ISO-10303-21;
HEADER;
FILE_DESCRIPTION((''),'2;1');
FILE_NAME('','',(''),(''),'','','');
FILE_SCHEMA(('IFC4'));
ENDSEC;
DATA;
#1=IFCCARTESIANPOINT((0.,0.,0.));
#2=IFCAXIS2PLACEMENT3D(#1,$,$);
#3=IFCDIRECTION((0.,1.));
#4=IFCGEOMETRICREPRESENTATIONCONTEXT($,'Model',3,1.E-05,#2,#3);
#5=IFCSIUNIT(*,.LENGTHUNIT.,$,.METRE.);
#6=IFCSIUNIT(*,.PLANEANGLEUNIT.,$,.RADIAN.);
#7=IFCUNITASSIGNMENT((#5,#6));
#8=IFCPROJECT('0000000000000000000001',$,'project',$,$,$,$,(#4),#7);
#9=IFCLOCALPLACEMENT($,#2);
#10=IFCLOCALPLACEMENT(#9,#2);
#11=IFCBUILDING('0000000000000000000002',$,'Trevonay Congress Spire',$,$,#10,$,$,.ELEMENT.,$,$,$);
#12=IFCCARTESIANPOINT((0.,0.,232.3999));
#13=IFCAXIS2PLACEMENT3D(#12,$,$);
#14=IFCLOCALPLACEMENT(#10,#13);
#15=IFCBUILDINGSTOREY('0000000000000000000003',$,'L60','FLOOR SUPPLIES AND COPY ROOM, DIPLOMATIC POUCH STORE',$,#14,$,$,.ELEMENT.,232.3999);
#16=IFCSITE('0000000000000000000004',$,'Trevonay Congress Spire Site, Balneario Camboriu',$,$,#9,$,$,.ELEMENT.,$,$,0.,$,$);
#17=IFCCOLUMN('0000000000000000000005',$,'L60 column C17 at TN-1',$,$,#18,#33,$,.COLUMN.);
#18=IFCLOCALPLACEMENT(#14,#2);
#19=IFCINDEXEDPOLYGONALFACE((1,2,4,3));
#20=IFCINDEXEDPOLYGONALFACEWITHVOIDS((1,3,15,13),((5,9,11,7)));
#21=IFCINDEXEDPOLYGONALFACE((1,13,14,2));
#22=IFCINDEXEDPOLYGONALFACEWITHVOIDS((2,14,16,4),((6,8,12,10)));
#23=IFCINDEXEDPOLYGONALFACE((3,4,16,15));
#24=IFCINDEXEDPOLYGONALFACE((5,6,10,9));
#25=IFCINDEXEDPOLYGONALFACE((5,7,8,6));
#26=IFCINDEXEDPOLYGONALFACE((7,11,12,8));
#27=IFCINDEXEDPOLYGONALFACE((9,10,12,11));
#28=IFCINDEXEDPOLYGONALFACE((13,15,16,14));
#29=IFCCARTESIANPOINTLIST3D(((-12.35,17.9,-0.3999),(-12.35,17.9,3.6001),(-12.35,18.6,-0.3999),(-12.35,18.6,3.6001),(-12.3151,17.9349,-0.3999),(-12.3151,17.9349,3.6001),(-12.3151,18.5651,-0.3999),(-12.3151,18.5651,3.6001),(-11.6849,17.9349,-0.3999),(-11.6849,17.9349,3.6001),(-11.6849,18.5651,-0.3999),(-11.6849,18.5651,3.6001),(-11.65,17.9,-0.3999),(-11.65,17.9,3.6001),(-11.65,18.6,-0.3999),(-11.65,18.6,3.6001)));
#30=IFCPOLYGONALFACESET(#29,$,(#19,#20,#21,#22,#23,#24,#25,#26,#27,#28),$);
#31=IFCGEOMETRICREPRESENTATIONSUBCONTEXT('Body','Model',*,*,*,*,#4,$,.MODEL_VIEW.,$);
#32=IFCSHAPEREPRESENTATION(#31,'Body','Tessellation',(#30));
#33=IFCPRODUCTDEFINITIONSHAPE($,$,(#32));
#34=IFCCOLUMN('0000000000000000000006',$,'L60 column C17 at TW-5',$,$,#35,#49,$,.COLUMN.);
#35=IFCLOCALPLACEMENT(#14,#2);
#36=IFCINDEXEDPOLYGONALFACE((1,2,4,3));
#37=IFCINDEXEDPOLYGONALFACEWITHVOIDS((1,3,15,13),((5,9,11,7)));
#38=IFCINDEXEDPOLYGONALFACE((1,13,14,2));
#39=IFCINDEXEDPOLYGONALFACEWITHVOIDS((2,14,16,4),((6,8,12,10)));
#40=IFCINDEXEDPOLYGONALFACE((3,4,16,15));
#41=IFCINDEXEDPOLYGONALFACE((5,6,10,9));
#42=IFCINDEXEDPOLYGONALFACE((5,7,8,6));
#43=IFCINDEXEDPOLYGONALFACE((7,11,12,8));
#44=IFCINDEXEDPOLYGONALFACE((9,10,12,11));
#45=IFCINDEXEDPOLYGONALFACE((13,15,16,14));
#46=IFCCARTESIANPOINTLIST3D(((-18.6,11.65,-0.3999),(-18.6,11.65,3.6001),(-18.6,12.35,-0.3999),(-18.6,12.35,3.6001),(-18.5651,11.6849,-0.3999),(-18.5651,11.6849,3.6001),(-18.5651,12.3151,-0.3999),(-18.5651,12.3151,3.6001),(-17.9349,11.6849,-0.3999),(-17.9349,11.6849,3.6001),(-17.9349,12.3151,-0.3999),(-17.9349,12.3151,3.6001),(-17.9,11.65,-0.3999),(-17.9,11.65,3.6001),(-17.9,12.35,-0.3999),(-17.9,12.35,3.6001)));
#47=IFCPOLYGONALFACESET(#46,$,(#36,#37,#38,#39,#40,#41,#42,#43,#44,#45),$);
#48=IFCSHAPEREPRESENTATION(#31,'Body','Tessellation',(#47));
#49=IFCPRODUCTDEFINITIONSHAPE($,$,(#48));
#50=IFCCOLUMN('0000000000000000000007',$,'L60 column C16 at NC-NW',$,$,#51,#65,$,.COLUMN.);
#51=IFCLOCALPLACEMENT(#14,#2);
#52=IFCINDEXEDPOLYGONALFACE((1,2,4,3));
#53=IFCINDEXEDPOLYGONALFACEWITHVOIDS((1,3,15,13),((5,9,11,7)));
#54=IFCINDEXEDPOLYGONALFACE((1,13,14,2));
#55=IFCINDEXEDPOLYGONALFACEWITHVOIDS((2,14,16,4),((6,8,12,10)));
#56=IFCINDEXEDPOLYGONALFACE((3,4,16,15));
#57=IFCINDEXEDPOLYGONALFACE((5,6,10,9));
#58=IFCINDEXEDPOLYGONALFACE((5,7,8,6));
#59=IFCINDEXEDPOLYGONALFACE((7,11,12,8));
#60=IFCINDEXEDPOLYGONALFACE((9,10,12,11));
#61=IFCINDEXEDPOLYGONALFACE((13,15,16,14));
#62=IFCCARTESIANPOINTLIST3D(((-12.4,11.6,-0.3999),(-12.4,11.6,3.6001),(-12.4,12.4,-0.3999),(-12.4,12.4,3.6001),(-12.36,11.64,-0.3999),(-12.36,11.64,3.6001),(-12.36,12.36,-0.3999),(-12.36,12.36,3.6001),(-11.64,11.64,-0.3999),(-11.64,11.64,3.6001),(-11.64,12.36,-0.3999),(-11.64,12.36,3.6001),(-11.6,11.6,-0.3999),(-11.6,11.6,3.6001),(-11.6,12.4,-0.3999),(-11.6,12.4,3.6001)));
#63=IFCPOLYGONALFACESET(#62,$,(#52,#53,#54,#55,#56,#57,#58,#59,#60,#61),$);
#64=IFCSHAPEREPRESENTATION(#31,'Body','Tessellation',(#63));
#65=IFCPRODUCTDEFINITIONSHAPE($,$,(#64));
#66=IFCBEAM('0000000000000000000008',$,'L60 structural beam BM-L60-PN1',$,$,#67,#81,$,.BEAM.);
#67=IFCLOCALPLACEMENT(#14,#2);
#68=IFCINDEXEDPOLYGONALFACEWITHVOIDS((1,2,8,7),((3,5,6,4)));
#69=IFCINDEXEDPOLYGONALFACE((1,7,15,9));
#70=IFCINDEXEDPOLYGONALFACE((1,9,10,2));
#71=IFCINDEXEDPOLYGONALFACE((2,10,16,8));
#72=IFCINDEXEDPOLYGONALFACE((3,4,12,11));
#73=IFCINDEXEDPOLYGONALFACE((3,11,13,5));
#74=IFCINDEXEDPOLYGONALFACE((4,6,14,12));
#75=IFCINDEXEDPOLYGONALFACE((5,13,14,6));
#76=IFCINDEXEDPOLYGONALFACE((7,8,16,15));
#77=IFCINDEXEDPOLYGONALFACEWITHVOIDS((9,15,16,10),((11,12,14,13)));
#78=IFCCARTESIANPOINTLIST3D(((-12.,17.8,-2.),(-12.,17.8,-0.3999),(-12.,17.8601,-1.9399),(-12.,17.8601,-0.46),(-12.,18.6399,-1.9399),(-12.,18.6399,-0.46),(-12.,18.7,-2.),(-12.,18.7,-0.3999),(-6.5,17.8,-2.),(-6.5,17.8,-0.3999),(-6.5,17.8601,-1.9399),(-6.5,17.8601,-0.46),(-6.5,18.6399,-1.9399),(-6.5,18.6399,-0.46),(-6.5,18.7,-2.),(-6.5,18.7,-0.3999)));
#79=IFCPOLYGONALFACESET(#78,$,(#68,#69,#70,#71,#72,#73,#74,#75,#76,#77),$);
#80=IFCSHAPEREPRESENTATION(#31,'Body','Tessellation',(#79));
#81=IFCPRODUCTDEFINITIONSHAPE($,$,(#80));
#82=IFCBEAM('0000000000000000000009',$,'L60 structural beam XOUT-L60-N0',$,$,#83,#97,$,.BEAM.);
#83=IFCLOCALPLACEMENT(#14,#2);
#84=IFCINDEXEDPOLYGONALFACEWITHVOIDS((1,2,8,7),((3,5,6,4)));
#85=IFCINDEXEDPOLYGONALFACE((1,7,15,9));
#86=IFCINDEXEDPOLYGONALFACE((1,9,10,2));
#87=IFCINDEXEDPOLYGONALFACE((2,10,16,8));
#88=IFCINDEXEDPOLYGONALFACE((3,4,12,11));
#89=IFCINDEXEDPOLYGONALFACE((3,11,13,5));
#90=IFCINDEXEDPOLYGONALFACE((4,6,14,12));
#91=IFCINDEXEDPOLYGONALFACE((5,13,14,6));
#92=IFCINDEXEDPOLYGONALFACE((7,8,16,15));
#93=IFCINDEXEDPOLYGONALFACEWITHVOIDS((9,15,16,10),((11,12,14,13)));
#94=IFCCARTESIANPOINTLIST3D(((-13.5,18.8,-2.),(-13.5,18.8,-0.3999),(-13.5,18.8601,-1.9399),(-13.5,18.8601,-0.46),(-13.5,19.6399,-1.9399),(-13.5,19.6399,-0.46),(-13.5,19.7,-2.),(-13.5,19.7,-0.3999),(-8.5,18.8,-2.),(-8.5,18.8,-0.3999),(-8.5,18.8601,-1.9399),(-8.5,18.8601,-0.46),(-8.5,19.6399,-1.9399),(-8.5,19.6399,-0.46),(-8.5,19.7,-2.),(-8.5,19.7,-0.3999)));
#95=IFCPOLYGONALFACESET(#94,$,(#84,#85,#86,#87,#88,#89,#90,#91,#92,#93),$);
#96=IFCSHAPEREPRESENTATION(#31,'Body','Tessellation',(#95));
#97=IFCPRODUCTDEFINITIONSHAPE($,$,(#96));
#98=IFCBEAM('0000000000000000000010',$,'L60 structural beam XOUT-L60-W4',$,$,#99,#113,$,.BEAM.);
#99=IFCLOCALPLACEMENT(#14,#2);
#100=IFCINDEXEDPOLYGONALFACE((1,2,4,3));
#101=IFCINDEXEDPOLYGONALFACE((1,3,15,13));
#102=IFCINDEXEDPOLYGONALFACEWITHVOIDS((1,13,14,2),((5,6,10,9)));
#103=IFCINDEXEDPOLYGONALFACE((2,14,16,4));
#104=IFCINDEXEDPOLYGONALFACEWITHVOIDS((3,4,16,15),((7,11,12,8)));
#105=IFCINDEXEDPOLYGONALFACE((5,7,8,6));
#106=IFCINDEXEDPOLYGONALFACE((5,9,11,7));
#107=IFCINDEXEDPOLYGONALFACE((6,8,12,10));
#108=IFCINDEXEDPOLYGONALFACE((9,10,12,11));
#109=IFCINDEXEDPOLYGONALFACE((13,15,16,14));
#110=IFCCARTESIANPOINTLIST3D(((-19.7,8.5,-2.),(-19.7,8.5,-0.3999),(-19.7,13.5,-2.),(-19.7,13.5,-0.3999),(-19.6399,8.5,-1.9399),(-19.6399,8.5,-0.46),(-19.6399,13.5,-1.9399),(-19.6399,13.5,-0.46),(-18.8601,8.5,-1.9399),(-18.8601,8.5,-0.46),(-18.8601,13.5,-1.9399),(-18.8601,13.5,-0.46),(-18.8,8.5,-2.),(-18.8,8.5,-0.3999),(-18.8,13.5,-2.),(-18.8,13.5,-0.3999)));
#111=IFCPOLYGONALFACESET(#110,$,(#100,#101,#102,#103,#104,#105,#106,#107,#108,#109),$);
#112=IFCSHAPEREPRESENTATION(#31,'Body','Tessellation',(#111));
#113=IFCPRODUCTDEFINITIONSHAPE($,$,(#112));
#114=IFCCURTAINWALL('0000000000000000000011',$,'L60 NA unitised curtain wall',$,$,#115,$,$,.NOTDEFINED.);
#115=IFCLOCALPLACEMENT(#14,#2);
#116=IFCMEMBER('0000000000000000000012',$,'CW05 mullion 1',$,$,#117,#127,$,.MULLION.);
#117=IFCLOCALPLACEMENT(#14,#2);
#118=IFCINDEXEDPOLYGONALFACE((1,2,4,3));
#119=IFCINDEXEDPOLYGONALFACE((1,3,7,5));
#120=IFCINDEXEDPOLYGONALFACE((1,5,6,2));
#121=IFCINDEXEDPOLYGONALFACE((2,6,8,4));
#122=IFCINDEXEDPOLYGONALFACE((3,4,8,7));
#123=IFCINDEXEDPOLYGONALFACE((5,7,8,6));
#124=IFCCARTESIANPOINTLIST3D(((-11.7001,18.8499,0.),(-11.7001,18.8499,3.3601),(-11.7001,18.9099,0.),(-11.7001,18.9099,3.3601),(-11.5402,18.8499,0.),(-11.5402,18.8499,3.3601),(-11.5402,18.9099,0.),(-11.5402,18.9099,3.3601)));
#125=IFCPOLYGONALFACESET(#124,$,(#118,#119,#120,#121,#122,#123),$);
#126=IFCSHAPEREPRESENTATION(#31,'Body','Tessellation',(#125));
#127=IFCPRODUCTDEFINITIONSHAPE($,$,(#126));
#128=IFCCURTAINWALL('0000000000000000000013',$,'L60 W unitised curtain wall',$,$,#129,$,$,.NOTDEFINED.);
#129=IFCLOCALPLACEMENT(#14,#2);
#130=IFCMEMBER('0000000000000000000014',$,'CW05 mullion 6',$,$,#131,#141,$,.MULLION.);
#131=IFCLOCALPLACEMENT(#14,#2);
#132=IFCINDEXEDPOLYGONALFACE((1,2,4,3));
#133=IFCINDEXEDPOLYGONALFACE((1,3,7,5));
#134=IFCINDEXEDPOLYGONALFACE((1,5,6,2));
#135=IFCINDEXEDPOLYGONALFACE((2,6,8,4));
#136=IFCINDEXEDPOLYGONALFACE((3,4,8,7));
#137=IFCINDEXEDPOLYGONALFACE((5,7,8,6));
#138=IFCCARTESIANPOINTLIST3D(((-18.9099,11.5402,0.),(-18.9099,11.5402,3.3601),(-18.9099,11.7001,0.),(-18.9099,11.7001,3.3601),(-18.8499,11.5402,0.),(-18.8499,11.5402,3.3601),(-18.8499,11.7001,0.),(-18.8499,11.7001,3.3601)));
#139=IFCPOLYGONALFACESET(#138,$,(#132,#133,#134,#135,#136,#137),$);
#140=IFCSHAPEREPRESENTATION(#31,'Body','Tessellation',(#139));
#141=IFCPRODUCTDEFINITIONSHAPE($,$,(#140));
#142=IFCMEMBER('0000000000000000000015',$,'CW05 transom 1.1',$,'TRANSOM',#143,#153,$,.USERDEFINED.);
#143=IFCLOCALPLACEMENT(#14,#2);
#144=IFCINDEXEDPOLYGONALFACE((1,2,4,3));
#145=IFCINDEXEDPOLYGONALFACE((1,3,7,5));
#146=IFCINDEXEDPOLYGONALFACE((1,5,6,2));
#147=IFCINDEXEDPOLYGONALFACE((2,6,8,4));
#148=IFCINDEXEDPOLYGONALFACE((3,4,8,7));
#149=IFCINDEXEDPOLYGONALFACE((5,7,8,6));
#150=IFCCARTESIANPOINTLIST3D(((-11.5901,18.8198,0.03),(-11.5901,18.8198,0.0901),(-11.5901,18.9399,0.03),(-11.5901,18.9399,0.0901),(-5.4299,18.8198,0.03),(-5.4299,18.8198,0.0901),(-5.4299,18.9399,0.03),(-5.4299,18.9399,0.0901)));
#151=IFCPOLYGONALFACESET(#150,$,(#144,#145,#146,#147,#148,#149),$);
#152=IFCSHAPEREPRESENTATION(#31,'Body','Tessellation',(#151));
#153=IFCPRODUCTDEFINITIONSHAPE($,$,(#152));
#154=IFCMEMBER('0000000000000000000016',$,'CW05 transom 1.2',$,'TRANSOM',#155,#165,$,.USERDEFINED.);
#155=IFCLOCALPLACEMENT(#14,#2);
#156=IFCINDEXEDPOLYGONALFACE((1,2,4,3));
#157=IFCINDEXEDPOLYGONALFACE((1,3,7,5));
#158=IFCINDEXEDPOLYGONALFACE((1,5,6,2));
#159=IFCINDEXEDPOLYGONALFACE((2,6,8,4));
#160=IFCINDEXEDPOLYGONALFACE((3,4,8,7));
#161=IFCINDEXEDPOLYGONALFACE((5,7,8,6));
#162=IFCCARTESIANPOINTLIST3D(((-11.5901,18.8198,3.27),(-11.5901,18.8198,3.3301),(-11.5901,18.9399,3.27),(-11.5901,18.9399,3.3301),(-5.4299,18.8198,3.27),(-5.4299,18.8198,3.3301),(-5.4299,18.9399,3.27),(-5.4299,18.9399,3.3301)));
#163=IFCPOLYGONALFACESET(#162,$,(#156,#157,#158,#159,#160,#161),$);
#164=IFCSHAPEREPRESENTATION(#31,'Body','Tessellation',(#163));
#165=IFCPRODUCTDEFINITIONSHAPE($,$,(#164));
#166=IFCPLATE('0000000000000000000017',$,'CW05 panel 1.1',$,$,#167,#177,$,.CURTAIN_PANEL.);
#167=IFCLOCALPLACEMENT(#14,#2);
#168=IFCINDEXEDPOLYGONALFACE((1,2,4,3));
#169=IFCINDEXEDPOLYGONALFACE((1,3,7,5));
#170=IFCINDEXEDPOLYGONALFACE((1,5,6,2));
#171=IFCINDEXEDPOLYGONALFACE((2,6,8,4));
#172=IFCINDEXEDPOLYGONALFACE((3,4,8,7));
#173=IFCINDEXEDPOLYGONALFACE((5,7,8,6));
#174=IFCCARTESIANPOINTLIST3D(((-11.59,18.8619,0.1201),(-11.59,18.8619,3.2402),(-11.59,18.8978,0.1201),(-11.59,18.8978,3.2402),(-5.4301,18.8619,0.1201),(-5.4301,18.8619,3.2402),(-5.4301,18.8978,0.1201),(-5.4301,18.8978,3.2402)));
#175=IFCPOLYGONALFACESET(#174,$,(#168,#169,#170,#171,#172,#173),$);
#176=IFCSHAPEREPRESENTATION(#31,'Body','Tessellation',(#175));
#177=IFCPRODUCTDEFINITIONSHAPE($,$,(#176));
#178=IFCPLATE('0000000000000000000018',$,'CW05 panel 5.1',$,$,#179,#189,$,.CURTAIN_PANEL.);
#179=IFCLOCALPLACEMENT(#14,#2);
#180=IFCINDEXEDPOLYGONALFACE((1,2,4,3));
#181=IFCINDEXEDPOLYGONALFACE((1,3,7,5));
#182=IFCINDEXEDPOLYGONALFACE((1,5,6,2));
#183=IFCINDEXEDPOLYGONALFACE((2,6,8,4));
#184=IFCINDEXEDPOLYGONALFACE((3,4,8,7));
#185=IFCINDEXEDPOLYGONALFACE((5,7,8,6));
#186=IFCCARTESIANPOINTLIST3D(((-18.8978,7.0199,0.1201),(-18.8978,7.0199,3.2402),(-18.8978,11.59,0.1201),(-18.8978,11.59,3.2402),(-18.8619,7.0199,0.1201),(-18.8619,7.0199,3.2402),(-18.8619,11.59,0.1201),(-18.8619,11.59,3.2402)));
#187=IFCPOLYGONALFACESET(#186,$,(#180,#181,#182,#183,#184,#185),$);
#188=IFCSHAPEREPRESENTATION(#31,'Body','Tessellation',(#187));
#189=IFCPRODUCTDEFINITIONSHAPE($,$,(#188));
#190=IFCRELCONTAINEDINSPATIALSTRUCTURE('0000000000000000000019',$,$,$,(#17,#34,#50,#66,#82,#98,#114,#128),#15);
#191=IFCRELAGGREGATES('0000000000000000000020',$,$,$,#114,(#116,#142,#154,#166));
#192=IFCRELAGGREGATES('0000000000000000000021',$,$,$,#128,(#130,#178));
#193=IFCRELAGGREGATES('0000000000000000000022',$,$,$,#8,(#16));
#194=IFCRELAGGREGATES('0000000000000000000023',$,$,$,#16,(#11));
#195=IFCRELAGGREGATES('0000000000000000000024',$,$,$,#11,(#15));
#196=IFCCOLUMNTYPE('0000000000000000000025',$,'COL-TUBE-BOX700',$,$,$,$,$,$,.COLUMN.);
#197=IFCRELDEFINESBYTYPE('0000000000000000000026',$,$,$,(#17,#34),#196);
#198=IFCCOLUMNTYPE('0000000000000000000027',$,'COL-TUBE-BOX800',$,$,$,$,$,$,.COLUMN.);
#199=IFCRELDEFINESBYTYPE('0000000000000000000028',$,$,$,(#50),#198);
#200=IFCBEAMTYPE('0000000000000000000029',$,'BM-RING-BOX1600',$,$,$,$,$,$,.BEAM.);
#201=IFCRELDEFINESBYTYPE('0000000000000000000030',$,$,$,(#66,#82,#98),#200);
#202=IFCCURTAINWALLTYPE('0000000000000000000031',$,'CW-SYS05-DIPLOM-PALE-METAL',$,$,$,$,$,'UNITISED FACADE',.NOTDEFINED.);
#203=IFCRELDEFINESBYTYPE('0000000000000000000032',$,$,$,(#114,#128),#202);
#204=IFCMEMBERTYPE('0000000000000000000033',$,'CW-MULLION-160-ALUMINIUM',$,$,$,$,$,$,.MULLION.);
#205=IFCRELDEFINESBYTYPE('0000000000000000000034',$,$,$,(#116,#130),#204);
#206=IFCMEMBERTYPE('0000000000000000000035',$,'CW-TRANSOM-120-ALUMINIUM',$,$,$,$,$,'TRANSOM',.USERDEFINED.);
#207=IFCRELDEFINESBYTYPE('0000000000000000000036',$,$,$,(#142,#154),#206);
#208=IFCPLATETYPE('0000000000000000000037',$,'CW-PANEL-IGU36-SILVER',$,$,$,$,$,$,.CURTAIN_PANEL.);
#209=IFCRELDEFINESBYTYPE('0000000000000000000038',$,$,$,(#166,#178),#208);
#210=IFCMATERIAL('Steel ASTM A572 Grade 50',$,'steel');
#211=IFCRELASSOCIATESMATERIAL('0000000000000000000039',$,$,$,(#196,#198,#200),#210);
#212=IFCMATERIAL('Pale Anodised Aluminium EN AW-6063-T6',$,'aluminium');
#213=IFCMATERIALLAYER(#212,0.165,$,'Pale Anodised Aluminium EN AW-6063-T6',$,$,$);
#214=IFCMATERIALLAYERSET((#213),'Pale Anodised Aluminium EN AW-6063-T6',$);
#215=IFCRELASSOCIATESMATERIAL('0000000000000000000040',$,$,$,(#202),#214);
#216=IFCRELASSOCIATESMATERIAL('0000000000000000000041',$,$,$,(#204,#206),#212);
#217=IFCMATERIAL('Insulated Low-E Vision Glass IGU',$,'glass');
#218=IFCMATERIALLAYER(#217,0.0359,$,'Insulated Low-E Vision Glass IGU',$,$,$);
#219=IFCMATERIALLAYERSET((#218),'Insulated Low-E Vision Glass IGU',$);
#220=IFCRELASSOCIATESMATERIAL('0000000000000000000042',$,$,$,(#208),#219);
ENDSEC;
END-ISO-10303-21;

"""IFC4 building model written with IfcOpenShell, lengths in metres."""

from ifc_helpers import new_model, si_unit, direction, frame, origin, origin_2d, place, context, subcontext, project, spatial, rectangle, hollow_rectangle, extrude, material, layer, layer_set, material_profile, profile_set, type_object, element, aggregate, save


model = new_model("IFC4")

# Units and contexts
model_context = context("Model", 3, precision=1e-05, world=origin(), true_north=direction((0.0, 1.0)))
body_context = subcontext(model_context, "Body", "Model", "MODEL_VIEW")
ifc_project = project(units=[si_unit("LENGTHUNIT", "METRE"), si_unit("PLANEANGLEUNIT", "RADIAN")], contexts=[model_context])

# Site, building, storey
site_placement = place(None, origin())
site = spatial("IfcSite", under=ifc_project, at=site_placement, Name="Trevonay Congress Spire Site, Balneario Camboriu", CompositionType="ELEMENT", RefElevation=0.0)
building_placement = place(site_placement, origin())
building = spatial("IfcBuilding", under=site, at=building_placement, Name="Trevonay Congress Spire", CompositionType="ELEMENT")
storey_placement = place(building_placement, frame((0.0, 0.0, 232.3999)))
storey = spatial("IfcBuildingStorey", under=building, at=storey_placement, Name="L60", Description="FLOOR SUPPLIES AND COPY ROOM, DIPLOMATIC POUCH STORE", CompositionType="ELEMENT", Elevation=232.3999)

# Columns
ifc_material_1 = material(Name="Steel ASTM A572 Grade 50", Category="steel")
ifc_material_profile_1 = material_profile(ifc_material_1, hollow_rectangle(XDim=0.7, YDim=0.7, WallThickness=0.0349, at=origin_2d()), Name="BOX 700x700x35")
ifc_profile_set_1 = profile_set([ifc_material_profile_1], Name="Steel ASTM A572 Grade 50")
column_type_1 = type_object("IfcColumnType", Name="COL-TUBE-BOX700", PredefinedType="COLUMN", material=ifc_profile_set_1)
for number, where, z_axis, x_axis, name in (
    (1, (-12.0, 18.25, -0.3999), (0.0, 0.0, 1.0), (1.0, 0.0, 0.0), "L60 column C17 at TN-1"),
    (2, (-18.25, 12.0, -0.3999), (0.0, 0.0, 1.0), (1.0, 0.0, 0.0), "L60 column C17 at TW-5"),
):
    element("IfcColumn", number, at=place(storey_placement, frame(where, z_axis=z_axis, x_axis=x_axis)), inside=storey, type_object=column_type_1, Name=name, PredefinedType="COLUMN", context=body_context, shape_type="SweptSolid", body=[
        extrude(hollow_rectangle(XDim=0.7, YDim=0.7, WallThickness=0.0349, at=origin_2d()), origin(), (0.0, 0.0, 1.0), 4.0),
    ])
ifc_material_profile_2 = material_profile(ifc_material_1, hollow_rectangle(XDim=0.8, YDim=0.8, WallThickness=0.04, at=origin_2d()), Name="BOX 800x800x40")
ifc_profile_set_2 = profile_set([ifc_material_profile_2], Name="Steel ASTM A572 Grade 50")
column_type_2 = type_object("IfcColumnType", Name="COL-TUBE-BOX800", PredefinedType="COLUMN", material=ifc_profile_set_2)
column_placement = place(storey_placement, frame((-12.0, 12.0, -0.3999), z_axis=(0.0, 0.0, 1.0), x_axis=(1.0, 0.0, 0.0)))
element("IfcColumn", 3, at=column_placement, inside=storey, type_object=column_type_2, Name="L60 column C16 at NC-NW", PredefinedType="COLUMN", context=body_context, shape_type="SweptSolid", body=[
    extrude(hollow_rectangle(XDim=0.8, YDim=0.8, WallThickness=0.04, at=origin_2d()), origin(), (0.0, 0.0, 1.0), 4.0),
])

# Beams
ifc_material_profile_3 = material_profile(ifc_material_1, hollow_rectangle(XDim=0.8999, YDim=1.6001, WallThickness=0.0601, at=origin_2d()), Name="BOX 1600x900x60")
ifc_profile_set_3 = profile_set([ifc_material_profile_3], Name="Steel ASTM A572 Grade 50")
beam_type = type_object("IfcBeamType", Name="BM-RING-BOX1600", PredefinedType="BEAM", material=ifc_profile_set_3)
beam_placement = place(storey_placement, frame((-12.0, 18.25, -1.2), z_axis=(1.0, 0.0, 0.0), x_axis=(0.0, 1.0, 0.0)))
element("IfcBeam", 4, at=beam_placement, inside=storey, type_object=beam_type, Name="L60 structural beam BM-L60-PN1", PredefinedType="BEAM", context=body_context, shape_type="SweptSolid", body=[
    extrude(hollow_rectangle(XDim=0.8999, YDim=1.6001, WallThickness=0.0601, at=origin_2d()), origin(), (0.0, 0.0, 1.0), 5.5),
])
for number, where, z_axis, x_axis, name in (
    (5, (-13.5, 19.25, -1.2), (1.0, 0.0, 0.0), (0.0, 1.0, 0.0), "L60 structural beam XOUT-L60-N0"),
    (6, (-19.25, 8.5, -1.2), (0.0, 1.0, 0.0), (-1.0, 0.0, 0.0), "L60 structural beam XOUT-L60-W4"),
):
    element("IfcBeam", number, at=place(storey_placement, frame(where, z_axis=z_axis, x_axis=x_axis)), inside=storey, type_object=beam_type, Name=name, PredefinedType="BEAM", context=body_context, shape_type="SweptSolid", body=[
        extrude(hollow_rectangle(XDim=0.8999, YDim=1.6001, WallThickness=0.0601, at=origin_2d()), origin(), (0.0, 0.0, 1.0), 5.0),
    ])

# Curtain walls, members
ifc_material_2 = material(Name="Pale Anodised Aluminium EN AW-6063-T6", Category="aluminium")
ifc_layer_1 = layer(ifc_material_2, 0.165, Name="Pale Anodised Aluminium EN AW-6063-T6")
ifc_layer_set_1 = layer_set([ifc_layer_1], Name="Pale Anodised Aluminium EN AW-6063-T6")
curtain_wall_type = type_object("IfcCurtainWallType", Name="CW-SYS05-DIPLOM-PALE-METAL", ElementType="UNITISED FACADE", PredefinedType="NOTDEFINED", material=ifc_layer_set_1)
curtain_wall_1_placement = place(storey_placement, origin())
curtain_wall_1 = element("IfcCurtainWall", 7, at=curtain_wall_1_placement, inside=storey, type_object=curtain_wall_type, Name="L60 NA unitised curtain wall", PredefinedType="NOTDEFINED")
ifc_material_profile_4 = material_profile(ifc_material_2, rectangle(XDim=0.0601, YDim=0.1599, at=origin_2d()), Name="CW-MULLION-160-ALUMINIUM")
ifc_profile_set_4 = profile_set([ifc_material_profile_4], Name="Pale Anodised Aluminium EN AW-6063-T6")
member_type_1 = type_object("IfcMemberType", Name="CW-MULLION-160-ALUMINIUM", PredefinedType="MULLION", material=ifc_profile_set_4)
member_1_placement = place(storey_placement, frame((-11.6201, 18.8799, 0.0), z_axis=(0.0, 0.0, 1.0), x_axis=(0.0, 1.0, 0.0)))
member_1 = element("IfcMember", 8, at=member_1_placement, type_object=member_type_1, Name="CW05 mullion 1", PredefinedType="MULLION", context=body_context, shape_type="SweptSolid", body=[
    extrude(rectangle(XDim=0.0601, YDim=0.1599, at=origin_2d()), origin(), (0.0, 0.0, 1.0), 3.3601),
])
curtain_wall_2_placement = place(storey_placement, origin())
curtain_wall_2 = element("IfcCurtainWall", 9, at=curtain_wall_2_placement, inside=storey, type_object=curtain_wall_type, Name="L60 W unitised curtain wall", PredefinedType="NOTDEFINED")
member_2_placement = place(storey_placement, frame((-18.8799, 11.6201, 0.0), z_axis=(0.0, 0.0, 1.0), x_axis=(-1.0, 0.0, 0.0)))
member_2 = element("IfcMember", 10, at=member_2_placement, type_object=member_type_1, Name="CW05 mullion 6", PredefinedType="MULLION", context=body_context, shape_type="SweptSolid", body=[
    extrude(rectangle(XDim=0.0601, YDim=0.1599, at=origin_2d()), origin(), (0.0, 0.0, 1.0), 3.3601),
])

# Members
ifc_material_profile_5 = material_profile(ifc_material_2, rectangle(XDim=0.1201, YDim=0.0601, at=origin_2d()), Name="CW-TRANSOM-120-ALUMINIUM")
ifc_profile_set_5 = profile_set([ifc_material_profile_5], Name="Pale Anodised Aluminium EN AW-6063-T6")
member_type_2 = type_object("IfcMemberType", Name="CW-TRANSOM-120-ALUMINIUM", ElementType="TRANSOM", PredefinedType="USERDEFINED", material=ifc_profile_set_5)
member_3_placement = place(storey_placement, frame((-11.5901, 18.8799, 0.0601), z_axis=(1.0, 0.0, 0.0), x_axis=(0.0, 1.0, 0.0)))
member_3 = element("IfcMember", 11, at=member_3_placement, type_object=member_type_2, Name="CW05 transom 1.1", ObjectType="TRANSOM", PredefinedType="USERDEFINED", context=body_context, shape_type="SweptSolid", body=[
    extrude(rectangle(XDim=0.1201, YDim=0.0601, at=origin_2d()), origin(), (0.0, 0.0, 1.0), 6.1602),
])
member_4_placement = place(storey_placement, frame((-11.5901, 18.8799, 3.3), z_axis=(1.0, 0.0, 0.0), x_axis=(0.0, 1.0, 0.0)))
member_4 = element("IfcMember", 12, at=member_4_placement, type_object=member_type_2, Name="CW05 transom 1.2", ObjectType="TRANSOM", PredefinedType="USERDEFINED", context=body_context, shape_type="SweptSolid", body=[
    extrude(rectangle(XDim=0.1201, YDim=0.0601, at=origin_2d()), origin(), (0.0, 0.0, 1.0), 6.1602),
])

# Plates
ifc_material_3 = material(Name="Insulated Low-E Vision Glass IGU", Category="glass")
ifc_layer_2 = layer(ifc_material_3, 0.0359, Name="Insulated Low-E Vision Glass IGU")
ifc_layer_set_2 = layer_set([ifc_layer_2], Name="Insulated Low-E Vision Glass IGU")
plate_type_1 = type_object("IfcPlateType", Name="CW-PANEL-IGU36-SILVER", PredefinedType="CURTAIN_PANEL", material=ifc_layer_set_2)
plate_1_placement = place(storey_placement, frame((-8.51, 18.8799, 0.1201), z_axis=(0.0, 0.0, 1.0), x_axis=(1.0, 0.0, 0.0)))
plate_1 = element("IfcPlate", 13, at=plate_1_placement, type_object=plate_type_1, Name="CW05 panel 1.1", PredefinedType="CURTAIN_PANEL", context=body_context, shape_type="SweptSolid", body=[
    extrude(rectangle(XDim=6.1599, YDim=0.0359, at=origin_2d()), origin(), (0.0, 0.0, 1.0), 3.1201),
])
aggregate(curtain_wall_1, [member_1, member_3, member_4, plate_1])
plate_2_placement = place(storey_placement, frame((-18.8799, 9.3049, 0.1201), z_axis=(0.0, 0.0, 1.0), x_axis=(0.0, 1.0, 0.0)))
plate_2 = element("IfcPlate", 14, at=plate_2_placement, type_object=plate_type_1, Name="CW05 panel 5.1", PredefinedType="CURTAIN_PANEL", context=body_context, shape_type="SweptSolid", body=[
    extrude(rectangle(XDim=4.5701, YDim=0.0359, at=origin_2d()), origin(), (0.0, 0.0, 1.0), 3.1201),
])
aggregate(curtain_wall_2, [member_2, plate_2])

save(model, "model.ifc")
